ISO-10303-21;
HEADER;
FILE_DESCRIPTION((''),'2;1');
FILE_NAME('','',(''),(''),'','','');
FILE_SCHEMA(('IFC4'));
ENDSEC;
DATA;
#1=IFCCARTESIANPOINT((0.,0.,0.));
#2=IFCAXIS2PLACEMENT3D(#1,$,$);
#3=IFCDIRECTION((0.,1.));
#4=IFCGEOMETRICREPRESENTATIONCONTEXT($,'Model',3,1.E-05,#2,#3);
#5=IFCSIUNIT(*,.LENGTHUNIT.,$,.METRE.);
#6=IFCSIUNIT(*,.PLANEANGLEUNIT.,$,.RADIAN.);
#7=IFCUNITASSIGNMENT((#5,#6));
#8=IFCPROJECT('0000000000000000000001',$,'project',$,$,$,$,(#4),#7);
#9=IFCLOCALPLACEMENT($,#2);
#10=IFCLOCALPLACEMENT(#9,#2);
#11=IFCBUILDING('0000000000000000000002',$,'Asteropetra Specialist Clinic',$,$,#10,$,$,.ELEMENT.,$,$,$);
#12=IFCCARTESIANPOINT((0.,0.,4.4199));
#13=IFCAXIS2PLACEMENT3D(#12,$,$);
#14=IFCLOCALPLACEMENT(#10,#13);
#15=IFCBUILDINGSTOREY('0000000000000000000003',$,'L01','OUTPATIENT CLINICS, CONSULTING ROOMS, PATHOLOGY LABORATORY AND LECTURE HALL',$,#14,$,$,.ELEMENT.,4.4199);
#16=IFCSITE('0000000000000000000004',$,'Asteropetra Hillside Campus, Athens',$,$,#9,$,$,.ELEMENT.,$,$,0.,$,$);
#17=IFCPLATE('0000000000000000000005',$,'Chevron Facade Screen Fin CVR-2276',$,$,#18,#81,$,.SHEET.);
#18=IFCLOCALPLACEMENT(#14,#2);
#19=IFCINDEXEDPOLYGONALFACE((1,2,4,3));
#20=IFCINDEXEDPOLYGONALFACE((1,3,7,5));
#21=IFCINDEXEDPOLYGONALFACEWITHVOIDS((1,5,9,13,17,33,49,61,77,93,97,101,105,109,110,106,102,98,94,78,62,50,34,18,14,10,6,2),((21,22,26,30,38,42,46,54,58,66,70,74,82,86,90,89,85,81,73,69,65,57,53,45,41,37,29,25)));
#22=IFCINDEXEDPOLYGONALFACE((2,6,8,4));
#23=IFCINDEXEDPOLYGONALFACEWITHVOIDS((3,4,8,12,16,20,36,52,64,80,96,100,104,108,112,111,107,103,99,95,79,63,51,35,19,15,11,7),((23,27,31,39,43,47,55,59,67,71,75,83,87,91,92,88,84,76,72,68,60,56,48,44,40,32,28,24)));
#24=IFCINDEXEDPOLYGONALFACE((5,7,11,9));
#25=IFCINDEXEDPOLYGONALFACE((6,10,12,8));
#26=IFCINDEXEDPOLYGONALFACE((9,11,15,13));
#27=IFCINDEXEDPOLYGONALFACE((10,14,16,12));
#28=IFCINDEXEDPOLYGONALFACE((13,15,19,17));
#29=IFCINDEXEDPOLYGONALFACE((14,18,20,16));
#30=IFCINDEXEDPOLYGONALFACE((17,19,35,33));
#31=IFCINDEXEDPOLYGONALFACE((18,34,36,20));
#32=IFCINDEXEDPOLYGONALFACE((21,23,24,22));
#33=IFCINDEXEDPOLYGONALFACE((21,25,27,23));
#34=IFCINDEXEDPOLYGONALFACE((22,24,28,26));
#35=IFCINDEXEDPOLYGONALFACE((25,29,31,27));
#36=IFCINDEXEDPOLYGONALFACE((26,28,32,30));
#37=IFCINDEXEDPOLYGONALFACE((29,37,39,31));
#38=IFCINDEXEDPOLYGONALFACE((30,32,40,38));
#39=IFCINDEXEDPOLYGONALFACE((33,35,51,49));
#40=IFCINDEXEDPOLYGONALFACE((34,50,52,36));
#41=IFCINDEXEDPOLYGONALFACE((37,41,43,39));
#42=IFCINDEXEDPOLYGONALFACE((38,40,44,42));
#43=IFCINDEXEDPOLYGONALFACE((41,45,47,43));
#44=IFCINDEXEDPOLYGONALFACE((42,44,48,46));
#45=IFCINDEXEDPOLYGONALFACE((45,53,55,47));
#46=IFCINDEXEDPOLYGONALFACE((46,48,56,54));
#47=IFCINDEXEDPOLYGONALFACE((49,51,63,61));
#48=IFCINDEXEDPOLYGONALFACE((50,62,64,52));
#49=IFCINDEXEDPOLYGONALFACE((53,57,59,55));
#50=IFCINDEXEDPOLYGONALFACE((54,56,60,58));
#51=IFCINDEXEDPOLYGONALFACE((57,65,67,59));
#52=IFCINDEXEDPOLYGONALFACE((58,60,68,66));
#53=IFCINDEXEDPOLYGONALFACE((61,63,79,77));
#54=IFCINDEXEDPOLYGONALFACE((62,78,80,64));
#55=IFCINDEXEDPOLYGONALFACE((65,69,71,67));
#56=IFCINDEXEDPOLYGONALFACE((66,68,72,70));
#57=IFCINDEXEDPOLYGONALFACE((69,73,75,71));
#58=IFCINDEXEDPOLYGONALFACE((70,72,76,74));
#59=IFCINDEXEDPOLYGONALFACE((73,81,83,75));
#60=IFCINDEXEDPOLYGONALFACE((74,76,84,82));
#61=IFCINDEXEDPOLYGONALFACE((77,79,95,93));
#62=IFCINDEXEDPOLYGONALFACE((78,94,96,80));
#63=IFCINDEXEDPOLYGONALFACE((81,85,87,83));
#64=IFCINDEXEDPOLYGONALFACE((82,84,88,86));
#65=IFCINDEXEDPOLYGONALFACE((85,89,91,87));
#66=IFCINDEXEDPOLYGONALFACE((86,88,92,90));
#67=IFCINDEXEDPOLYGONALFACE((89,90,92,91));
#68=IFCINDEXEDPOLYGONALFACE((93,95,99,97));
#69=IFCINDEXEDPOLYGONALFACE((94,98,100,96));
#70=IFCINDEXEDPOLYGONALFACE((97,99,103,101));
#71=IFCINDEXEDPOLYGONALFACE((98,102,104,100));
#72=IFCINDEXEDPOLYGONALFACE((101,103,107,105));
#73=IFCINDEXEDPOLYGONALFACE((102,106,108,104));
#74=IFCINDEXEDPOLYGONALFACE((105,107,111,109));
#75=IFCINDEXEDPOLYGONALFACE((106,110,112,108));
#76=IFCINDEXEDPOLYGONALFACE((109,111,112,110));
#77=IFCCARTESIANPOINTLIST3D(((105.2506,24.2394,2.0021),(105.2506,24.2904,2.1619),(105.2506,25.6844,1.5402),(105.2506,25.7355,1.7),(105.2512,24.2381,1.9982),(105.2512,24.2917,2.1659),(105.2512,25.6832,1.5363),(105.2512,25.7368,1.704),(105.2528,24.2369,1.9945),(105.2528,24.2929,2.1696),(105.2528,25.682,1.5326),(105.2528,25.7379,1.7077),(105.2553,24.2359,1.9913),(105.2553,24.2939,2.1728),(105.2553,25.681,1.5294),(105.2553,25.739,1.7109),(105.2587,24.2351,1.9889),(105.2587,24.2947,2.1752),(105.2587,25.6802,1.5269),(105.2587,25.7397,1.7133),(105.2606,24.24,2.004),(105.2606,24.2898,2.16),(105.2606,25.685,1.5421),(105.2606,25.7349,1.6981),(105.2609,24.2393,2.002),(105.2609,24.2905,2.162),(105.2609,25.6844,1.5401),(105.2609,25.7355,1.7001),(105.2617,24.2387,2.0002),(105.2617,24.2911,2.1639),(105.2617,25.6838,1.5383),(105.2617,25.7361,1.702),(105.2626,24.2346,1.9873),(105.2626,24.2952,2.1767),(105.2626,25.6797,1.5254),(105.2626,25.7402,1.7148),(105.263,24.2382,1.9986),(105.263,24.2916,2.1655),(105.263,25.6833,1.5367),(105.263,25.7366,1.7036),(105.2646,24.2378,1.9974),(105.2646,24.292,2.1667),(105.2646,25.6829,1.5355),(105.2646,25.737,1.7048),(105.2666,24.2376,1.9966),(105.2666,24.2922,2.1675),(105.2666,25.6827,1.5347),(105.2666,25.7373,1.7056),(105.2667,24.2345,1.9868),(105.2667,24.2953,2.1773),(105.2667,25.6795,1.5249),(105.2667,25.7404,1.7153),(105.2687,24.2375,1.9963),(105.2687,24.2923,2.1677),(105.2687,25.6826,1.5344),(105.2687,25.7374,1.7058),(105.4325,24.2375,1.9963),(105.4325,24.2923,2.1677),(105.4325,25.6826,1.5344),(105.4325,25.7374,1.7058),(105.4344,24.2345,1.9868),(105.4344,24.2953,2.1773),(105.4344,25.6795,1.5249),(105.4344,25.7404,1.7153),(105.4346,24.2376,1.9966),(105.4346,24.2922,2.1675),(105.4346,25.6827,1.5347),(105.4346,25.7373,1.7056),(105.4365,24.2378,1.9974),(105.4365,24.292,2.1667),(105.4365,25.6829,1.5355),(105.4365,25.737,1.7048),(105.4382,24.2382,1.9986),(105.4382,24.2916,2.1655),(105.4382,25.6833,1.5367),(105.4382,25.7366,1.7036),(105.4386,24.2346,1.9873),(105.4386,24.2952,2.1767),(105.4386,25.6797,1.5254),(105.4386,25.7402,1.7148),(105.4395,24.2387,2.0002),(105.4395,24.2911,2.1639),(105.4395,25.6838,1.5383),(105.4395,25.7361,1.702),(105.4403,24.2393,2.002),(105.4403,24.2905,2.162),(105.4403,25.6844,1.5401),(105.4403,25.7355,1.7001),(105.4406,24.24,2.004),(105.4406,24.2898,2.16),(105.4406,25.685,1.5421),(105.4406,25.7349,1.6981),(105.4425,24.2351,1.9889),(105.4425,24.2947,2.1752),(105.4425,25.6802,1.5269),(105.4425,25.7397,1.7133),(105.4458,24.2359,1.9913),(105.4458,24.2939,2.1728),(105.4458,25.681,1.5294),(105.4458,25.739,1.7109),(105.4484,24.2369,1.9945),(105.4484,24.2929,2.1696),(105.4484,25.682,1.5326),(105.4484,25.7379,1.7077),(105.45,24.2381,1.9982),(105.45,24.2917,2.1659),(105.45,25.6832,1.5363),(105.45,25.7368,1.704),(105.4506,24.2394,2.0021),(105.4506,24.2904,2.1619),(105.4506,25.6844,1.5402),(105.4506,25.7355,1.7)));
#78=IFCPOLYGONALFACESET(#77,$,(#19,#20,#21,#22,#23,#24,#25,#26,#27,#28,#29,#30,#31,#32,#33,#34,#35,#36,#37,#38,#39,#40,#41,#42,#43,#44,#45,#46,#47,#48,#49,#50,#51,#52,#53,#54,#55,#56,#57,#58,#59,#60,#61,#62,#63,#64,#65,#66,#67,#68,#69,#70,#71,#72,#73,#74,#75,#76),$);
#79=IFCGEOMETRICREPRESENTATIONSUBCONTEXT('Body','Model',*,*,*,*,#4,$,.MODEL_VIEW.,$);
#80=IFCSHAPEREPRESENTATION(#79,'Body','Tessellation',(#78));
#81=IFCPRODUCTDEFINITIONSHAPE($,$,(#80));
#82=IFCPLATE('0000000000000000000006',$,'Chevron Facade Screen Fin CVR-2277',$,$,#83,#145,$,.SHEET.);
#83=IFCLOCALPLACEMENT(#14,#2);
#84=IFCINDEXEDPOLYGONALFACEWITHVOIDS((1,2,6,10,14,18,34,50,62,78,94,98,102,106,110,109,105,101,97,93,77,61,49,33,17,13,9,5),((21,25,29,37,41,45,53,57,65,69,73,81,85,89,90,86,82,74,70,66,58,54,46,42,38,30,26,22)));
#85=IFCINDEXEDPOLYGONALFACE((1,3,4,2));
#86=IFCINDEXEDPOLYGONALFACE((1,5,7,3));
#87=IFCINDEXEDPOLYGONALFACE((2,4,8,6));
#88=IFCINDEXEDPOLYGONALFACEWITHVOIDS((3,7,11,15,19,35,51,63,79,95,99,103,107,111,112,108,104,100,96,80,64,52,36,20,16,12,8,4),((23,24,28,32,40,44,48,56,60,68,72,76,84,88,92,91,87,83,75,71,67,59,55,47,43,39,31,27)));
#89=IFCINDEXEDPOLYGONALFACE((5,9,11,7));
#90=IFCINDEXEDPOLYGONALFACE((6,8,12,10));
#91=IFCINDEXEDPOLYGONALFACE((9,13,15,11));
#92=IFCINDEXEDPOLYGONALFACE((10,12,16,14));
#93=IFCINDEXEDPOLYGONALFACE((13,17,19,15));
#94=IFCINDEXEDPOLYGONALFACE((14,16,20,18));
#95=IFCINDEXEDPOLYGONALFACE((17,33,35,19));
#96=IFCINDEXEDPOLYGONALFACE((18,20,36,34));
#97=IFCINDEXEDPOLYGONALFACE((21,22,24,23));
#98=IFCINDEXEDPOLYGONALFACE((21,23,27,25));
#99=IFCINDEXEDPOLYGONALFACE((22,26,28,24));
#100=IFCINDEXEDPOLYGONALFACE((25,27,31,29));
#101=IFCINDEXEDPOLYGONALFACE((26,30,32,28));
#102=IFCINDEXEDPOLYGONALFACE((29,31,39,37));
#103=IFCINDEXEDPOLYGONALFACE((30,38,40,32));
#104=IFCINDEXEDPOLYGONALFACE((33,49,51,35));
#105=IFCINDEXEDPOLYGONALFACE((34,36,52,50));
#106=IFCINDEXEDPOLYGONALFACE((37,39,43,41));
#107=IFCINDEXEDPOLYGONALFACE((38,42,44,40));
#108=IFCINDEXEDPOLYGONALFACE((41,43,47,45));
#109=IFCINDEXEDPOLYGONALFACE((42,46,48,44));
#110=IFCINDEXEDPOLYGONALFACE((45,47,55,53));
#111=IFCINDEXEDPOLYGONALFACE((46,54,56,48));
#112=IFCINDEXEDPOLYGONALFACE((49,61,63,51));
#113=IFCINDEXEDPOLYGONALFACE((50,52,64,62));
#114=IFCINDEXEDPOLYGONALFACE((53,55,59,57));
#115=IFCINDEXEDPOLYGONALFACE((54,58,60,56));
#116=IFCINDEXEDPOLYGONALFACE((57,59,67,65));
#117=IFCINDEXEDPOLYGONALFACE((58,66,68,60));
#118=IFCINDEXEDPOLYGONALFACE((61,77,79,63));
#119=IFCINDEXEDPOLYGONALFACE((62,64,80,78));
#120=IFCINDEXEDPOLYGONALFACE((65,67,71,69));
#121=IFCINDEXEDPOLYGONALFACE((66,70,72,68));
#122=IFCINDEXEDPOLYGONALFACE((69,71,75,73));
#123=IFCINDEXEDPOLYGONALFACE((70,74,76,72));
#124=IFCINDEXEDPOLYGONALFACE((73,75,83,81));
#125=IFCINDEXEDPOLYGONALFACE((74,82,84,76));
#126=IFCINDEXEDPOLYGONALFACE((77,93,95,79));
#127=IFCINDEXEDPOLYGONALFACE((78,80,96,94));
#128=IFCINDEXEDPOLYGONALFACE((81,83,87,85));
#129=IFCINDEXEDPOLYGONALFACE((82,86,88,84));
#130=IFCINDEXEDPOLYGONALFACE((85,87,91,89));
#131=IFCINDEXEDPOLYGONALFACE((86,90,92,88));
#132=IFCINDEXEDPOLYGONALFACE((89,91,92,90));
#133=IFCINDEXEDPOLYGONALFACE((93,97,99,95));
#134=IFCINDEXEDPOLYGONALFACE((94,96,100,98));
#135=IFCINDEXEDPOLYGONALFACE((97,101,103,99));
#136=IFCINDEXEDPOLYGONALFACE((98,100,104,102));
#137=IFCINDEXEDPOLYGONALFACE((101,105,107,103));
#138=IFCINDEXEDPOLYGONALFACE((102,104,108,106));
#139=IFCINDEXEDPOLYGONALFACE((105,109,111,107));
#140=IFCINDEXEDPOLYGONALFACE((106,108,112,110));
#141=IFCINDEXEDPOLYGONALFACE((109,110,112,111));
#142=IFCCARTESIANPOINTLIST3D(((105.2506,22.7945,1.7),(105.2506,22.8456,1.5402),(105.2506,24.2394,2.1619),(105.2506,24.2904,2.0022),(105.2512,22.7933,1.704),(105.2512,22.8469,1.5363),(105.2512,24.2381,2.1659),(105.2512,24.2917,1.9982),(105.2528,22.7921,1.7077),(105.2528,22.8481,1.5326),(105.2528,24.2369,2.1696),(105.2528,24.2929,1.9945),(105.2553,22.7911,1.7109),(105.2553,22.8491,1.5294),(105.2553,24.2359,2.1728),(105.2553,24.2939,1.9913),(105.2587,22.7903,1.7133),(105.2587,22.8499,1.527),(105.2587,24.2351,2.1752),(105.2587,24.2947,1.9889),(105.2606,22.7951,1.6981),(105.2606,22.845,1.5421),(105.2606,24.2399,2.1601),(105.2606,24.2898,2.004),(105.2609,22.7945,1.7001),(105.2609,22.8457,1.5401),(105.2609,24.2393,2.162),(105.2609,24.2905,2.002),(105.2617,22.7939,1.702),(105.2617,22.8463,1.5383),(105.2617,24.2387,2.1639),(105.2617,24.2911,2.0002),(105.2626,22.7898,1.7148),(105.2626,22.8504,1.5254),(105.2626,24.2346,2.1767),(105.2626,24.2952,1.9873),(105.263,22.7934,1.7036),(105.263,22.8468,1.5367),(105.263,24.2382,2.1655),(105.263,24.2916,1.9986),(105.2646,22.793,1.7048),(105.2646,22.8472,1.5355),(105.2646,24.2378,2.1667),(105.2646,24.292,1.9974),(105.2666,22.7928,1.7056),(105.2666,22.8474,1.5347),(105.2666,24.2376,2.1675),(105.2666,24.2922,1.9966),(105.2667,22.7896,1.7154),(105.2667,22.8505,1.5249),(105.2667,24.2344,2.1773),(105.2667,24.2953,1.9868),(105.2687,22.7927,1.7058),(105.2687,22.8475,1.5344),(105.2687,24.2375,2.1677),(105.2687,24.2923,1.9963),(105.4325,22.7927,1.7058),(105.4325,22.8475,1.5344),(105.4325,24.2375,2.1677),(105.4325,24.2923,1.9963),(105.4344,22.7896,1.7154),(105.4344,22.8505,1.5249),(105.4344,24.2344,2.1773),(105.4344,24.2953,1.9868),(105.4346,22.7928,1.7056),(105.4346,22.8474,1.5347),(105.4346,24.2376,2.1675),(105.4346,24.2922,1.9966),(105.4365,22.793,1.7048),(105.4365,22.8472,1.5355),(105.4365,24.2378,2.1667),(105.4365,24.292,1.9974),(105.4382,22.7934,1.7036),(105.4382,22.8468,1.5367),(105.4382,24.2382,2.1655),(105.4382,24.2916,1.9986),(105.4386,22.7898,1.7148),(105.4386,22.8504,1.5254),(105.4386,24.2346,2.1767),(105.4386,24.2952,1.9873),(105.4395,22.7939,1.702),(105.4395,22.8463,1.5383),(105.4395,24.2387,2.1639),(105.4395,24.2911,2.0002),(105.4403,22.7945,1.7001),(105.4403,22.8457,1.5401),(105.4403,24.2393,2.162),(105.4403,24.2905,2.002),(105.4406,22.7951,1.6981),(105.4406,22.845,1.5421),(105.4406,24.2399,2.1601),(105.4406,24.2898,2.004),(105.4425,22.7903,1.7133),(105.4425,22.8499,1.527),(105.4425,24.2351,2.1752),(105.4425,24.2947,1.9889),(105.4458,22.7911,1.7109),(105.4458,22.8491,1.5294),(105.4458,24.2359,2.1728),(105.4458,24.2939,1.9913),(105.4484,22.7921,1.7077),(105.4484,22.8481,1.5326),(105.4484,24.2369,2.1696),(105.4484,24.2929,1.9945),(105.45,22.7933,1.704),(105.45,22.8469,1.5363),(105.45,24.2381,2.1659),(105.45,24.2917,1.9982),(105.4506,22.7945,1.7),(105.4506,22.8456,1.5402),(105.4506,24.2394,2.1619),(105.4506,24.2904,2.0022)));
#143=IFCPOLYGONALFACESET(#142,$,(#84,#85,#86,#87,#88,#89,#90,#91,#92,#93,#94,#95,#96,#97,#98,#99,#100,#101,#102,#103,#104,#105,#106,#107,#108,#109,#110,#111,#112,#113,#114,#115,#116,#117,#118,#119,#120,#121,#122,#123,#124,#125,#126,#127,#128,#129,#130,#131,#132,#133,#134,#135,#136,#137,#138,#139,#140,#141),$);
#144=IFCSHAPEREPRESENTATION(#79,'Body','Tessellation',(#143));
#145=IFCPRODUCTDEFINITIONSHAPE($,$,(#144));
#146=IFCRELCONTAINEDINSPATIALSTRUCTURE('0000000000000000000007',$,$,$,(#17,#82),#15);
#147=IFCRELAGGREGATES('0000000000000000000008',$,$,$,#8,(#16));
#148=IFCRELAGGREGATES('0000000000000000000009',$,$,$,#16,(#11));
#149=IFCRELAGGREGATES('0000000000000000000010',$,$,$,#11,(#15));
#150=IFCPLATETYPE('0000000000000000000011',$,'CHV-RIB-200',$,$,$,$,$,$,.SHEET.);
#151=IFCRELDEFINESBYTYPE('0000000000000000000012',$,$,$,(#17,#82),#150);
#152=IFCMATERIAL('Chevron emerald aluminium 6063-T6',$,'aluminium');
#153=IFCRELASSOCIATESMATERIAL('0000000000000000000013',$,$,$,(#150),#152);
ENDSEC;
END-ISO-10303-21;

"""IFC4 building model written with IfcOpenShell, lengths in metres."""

from ifc_helpers import new_model, si_unit, direction, frame, origin, origin_2d, place, context, subcontext, project, spatial, hollow_rectangle, extrude, material, material_profile, profile_set, type_object, element, save


model = new_model("IFC4")

# Units and contexts
model_context = context("Model", 3, precision=1e-05, world=origin(), true_north=direction((0.0, 1.0)))
body_context = subcontext(model_context, "Body", "Model", "MODEL_VIEW")
ifc_project = project(units=[si_unit("LENGTHUNIT", "METRE"), si_unit("PLANEANGLEUNIT", "RADIAN")], contexts=[model_context])

# Site, building, storey
site_placement = place(None, origin())
site = spatial("IfcSite", under=ifc_project, at=site_placement, Name="Asteropetra Hillside Campus, Athens", CompositionType="ELEMENT", RefElevation=0.0)
building_placement = place(site_placement, origin())
building = spatial("IfcBuilding", under=site, at=building_placement, Name="Asteropetra Specialist Clinic", CompositionType="ELEMENT")
storey_placement = place(building_placement, frame((0.0, 0.0, 4.4199)))
storey = spatial("IfcBuildingStorey", under=building, at=storey_placement, Name="L01", Description="OUTPATIENT CLINICS, CONSULTING ROOMS, PATHOLOGY LABORATORY AND LECTURE HALL", CompositionType="ELEMENT", Elevation=4.4199)

# Plates
ifc_material_1 = material(Name="Chevron emerald aluminium 6063-T6", Category="aluminium")
ifc_material_profile = material_profile(ifc_material_1, hollow_rectangle(XDim=0.2, YDim=0.2, WallThickness=0.01, InnerFilletRadius=0.0081, OuterFilletRadius=0.0161, at=origin_2d()), Name="SHS 200x200x10.0")
ifc_profile_set = profile_set([ifc_material_profile], Name="Chevron emerald aluminium 6063-T6")
plate_type = type_object("IfcPlateType", Name="CHV-RIB-200", PredefinedType="SHEET", material=ifc_profile_set)
plate_1_placement = place(storey_placement, frame((105.3506, 25.71, 1.6201), z_axis=(0.0, -0.952521, 0.304472), x_axis=(1.0, 0.0, 0.0)))
element("IfcPlate", 1, at=plate_1_placement, inside=storey, type_object=plate_type, Name="Chevron Facade Screen Fin CVR-2276", PredefinedType="SHEET", context=body_context, shape_type="SweptSolid", body=[
    extrude(hollow_rectangle(XDim=0.2, YDim=0.2, WallThickness=0.01, InnerFilletRadius=0.0081, OuterFilletRadius=0.0161, at=origin_2d()), origin(), (0.0, 0.0, 1.0), 1.5171),
])
plate_2_placement = place(storey_placement, frame((105.3506, 24.2649, 2.082), z_axis=(0.0, -0.952506, -0.304519), x_axis=(1.0, 0.0, 0.0)))
element("IfcPlate", 2, at=plate_2_placement, inside=storey, type_object=plate_type, Name="Chevron Facade Screen Fin CVR-2277", PredefinedType="SHEET", context=body_context, shape_type="SweptSolid", body=[
    extrude(hollow_rectangle(XDim=0.2, YDim=0.2, WallThickness=0.01, InnerFilletRadius=0.0081, OuterFilletRadius=0.0161, at=origin_2d()), origin(), (0.0, 0.0, 1.0), 1.5168),
])

save(model, "model.ifc")
